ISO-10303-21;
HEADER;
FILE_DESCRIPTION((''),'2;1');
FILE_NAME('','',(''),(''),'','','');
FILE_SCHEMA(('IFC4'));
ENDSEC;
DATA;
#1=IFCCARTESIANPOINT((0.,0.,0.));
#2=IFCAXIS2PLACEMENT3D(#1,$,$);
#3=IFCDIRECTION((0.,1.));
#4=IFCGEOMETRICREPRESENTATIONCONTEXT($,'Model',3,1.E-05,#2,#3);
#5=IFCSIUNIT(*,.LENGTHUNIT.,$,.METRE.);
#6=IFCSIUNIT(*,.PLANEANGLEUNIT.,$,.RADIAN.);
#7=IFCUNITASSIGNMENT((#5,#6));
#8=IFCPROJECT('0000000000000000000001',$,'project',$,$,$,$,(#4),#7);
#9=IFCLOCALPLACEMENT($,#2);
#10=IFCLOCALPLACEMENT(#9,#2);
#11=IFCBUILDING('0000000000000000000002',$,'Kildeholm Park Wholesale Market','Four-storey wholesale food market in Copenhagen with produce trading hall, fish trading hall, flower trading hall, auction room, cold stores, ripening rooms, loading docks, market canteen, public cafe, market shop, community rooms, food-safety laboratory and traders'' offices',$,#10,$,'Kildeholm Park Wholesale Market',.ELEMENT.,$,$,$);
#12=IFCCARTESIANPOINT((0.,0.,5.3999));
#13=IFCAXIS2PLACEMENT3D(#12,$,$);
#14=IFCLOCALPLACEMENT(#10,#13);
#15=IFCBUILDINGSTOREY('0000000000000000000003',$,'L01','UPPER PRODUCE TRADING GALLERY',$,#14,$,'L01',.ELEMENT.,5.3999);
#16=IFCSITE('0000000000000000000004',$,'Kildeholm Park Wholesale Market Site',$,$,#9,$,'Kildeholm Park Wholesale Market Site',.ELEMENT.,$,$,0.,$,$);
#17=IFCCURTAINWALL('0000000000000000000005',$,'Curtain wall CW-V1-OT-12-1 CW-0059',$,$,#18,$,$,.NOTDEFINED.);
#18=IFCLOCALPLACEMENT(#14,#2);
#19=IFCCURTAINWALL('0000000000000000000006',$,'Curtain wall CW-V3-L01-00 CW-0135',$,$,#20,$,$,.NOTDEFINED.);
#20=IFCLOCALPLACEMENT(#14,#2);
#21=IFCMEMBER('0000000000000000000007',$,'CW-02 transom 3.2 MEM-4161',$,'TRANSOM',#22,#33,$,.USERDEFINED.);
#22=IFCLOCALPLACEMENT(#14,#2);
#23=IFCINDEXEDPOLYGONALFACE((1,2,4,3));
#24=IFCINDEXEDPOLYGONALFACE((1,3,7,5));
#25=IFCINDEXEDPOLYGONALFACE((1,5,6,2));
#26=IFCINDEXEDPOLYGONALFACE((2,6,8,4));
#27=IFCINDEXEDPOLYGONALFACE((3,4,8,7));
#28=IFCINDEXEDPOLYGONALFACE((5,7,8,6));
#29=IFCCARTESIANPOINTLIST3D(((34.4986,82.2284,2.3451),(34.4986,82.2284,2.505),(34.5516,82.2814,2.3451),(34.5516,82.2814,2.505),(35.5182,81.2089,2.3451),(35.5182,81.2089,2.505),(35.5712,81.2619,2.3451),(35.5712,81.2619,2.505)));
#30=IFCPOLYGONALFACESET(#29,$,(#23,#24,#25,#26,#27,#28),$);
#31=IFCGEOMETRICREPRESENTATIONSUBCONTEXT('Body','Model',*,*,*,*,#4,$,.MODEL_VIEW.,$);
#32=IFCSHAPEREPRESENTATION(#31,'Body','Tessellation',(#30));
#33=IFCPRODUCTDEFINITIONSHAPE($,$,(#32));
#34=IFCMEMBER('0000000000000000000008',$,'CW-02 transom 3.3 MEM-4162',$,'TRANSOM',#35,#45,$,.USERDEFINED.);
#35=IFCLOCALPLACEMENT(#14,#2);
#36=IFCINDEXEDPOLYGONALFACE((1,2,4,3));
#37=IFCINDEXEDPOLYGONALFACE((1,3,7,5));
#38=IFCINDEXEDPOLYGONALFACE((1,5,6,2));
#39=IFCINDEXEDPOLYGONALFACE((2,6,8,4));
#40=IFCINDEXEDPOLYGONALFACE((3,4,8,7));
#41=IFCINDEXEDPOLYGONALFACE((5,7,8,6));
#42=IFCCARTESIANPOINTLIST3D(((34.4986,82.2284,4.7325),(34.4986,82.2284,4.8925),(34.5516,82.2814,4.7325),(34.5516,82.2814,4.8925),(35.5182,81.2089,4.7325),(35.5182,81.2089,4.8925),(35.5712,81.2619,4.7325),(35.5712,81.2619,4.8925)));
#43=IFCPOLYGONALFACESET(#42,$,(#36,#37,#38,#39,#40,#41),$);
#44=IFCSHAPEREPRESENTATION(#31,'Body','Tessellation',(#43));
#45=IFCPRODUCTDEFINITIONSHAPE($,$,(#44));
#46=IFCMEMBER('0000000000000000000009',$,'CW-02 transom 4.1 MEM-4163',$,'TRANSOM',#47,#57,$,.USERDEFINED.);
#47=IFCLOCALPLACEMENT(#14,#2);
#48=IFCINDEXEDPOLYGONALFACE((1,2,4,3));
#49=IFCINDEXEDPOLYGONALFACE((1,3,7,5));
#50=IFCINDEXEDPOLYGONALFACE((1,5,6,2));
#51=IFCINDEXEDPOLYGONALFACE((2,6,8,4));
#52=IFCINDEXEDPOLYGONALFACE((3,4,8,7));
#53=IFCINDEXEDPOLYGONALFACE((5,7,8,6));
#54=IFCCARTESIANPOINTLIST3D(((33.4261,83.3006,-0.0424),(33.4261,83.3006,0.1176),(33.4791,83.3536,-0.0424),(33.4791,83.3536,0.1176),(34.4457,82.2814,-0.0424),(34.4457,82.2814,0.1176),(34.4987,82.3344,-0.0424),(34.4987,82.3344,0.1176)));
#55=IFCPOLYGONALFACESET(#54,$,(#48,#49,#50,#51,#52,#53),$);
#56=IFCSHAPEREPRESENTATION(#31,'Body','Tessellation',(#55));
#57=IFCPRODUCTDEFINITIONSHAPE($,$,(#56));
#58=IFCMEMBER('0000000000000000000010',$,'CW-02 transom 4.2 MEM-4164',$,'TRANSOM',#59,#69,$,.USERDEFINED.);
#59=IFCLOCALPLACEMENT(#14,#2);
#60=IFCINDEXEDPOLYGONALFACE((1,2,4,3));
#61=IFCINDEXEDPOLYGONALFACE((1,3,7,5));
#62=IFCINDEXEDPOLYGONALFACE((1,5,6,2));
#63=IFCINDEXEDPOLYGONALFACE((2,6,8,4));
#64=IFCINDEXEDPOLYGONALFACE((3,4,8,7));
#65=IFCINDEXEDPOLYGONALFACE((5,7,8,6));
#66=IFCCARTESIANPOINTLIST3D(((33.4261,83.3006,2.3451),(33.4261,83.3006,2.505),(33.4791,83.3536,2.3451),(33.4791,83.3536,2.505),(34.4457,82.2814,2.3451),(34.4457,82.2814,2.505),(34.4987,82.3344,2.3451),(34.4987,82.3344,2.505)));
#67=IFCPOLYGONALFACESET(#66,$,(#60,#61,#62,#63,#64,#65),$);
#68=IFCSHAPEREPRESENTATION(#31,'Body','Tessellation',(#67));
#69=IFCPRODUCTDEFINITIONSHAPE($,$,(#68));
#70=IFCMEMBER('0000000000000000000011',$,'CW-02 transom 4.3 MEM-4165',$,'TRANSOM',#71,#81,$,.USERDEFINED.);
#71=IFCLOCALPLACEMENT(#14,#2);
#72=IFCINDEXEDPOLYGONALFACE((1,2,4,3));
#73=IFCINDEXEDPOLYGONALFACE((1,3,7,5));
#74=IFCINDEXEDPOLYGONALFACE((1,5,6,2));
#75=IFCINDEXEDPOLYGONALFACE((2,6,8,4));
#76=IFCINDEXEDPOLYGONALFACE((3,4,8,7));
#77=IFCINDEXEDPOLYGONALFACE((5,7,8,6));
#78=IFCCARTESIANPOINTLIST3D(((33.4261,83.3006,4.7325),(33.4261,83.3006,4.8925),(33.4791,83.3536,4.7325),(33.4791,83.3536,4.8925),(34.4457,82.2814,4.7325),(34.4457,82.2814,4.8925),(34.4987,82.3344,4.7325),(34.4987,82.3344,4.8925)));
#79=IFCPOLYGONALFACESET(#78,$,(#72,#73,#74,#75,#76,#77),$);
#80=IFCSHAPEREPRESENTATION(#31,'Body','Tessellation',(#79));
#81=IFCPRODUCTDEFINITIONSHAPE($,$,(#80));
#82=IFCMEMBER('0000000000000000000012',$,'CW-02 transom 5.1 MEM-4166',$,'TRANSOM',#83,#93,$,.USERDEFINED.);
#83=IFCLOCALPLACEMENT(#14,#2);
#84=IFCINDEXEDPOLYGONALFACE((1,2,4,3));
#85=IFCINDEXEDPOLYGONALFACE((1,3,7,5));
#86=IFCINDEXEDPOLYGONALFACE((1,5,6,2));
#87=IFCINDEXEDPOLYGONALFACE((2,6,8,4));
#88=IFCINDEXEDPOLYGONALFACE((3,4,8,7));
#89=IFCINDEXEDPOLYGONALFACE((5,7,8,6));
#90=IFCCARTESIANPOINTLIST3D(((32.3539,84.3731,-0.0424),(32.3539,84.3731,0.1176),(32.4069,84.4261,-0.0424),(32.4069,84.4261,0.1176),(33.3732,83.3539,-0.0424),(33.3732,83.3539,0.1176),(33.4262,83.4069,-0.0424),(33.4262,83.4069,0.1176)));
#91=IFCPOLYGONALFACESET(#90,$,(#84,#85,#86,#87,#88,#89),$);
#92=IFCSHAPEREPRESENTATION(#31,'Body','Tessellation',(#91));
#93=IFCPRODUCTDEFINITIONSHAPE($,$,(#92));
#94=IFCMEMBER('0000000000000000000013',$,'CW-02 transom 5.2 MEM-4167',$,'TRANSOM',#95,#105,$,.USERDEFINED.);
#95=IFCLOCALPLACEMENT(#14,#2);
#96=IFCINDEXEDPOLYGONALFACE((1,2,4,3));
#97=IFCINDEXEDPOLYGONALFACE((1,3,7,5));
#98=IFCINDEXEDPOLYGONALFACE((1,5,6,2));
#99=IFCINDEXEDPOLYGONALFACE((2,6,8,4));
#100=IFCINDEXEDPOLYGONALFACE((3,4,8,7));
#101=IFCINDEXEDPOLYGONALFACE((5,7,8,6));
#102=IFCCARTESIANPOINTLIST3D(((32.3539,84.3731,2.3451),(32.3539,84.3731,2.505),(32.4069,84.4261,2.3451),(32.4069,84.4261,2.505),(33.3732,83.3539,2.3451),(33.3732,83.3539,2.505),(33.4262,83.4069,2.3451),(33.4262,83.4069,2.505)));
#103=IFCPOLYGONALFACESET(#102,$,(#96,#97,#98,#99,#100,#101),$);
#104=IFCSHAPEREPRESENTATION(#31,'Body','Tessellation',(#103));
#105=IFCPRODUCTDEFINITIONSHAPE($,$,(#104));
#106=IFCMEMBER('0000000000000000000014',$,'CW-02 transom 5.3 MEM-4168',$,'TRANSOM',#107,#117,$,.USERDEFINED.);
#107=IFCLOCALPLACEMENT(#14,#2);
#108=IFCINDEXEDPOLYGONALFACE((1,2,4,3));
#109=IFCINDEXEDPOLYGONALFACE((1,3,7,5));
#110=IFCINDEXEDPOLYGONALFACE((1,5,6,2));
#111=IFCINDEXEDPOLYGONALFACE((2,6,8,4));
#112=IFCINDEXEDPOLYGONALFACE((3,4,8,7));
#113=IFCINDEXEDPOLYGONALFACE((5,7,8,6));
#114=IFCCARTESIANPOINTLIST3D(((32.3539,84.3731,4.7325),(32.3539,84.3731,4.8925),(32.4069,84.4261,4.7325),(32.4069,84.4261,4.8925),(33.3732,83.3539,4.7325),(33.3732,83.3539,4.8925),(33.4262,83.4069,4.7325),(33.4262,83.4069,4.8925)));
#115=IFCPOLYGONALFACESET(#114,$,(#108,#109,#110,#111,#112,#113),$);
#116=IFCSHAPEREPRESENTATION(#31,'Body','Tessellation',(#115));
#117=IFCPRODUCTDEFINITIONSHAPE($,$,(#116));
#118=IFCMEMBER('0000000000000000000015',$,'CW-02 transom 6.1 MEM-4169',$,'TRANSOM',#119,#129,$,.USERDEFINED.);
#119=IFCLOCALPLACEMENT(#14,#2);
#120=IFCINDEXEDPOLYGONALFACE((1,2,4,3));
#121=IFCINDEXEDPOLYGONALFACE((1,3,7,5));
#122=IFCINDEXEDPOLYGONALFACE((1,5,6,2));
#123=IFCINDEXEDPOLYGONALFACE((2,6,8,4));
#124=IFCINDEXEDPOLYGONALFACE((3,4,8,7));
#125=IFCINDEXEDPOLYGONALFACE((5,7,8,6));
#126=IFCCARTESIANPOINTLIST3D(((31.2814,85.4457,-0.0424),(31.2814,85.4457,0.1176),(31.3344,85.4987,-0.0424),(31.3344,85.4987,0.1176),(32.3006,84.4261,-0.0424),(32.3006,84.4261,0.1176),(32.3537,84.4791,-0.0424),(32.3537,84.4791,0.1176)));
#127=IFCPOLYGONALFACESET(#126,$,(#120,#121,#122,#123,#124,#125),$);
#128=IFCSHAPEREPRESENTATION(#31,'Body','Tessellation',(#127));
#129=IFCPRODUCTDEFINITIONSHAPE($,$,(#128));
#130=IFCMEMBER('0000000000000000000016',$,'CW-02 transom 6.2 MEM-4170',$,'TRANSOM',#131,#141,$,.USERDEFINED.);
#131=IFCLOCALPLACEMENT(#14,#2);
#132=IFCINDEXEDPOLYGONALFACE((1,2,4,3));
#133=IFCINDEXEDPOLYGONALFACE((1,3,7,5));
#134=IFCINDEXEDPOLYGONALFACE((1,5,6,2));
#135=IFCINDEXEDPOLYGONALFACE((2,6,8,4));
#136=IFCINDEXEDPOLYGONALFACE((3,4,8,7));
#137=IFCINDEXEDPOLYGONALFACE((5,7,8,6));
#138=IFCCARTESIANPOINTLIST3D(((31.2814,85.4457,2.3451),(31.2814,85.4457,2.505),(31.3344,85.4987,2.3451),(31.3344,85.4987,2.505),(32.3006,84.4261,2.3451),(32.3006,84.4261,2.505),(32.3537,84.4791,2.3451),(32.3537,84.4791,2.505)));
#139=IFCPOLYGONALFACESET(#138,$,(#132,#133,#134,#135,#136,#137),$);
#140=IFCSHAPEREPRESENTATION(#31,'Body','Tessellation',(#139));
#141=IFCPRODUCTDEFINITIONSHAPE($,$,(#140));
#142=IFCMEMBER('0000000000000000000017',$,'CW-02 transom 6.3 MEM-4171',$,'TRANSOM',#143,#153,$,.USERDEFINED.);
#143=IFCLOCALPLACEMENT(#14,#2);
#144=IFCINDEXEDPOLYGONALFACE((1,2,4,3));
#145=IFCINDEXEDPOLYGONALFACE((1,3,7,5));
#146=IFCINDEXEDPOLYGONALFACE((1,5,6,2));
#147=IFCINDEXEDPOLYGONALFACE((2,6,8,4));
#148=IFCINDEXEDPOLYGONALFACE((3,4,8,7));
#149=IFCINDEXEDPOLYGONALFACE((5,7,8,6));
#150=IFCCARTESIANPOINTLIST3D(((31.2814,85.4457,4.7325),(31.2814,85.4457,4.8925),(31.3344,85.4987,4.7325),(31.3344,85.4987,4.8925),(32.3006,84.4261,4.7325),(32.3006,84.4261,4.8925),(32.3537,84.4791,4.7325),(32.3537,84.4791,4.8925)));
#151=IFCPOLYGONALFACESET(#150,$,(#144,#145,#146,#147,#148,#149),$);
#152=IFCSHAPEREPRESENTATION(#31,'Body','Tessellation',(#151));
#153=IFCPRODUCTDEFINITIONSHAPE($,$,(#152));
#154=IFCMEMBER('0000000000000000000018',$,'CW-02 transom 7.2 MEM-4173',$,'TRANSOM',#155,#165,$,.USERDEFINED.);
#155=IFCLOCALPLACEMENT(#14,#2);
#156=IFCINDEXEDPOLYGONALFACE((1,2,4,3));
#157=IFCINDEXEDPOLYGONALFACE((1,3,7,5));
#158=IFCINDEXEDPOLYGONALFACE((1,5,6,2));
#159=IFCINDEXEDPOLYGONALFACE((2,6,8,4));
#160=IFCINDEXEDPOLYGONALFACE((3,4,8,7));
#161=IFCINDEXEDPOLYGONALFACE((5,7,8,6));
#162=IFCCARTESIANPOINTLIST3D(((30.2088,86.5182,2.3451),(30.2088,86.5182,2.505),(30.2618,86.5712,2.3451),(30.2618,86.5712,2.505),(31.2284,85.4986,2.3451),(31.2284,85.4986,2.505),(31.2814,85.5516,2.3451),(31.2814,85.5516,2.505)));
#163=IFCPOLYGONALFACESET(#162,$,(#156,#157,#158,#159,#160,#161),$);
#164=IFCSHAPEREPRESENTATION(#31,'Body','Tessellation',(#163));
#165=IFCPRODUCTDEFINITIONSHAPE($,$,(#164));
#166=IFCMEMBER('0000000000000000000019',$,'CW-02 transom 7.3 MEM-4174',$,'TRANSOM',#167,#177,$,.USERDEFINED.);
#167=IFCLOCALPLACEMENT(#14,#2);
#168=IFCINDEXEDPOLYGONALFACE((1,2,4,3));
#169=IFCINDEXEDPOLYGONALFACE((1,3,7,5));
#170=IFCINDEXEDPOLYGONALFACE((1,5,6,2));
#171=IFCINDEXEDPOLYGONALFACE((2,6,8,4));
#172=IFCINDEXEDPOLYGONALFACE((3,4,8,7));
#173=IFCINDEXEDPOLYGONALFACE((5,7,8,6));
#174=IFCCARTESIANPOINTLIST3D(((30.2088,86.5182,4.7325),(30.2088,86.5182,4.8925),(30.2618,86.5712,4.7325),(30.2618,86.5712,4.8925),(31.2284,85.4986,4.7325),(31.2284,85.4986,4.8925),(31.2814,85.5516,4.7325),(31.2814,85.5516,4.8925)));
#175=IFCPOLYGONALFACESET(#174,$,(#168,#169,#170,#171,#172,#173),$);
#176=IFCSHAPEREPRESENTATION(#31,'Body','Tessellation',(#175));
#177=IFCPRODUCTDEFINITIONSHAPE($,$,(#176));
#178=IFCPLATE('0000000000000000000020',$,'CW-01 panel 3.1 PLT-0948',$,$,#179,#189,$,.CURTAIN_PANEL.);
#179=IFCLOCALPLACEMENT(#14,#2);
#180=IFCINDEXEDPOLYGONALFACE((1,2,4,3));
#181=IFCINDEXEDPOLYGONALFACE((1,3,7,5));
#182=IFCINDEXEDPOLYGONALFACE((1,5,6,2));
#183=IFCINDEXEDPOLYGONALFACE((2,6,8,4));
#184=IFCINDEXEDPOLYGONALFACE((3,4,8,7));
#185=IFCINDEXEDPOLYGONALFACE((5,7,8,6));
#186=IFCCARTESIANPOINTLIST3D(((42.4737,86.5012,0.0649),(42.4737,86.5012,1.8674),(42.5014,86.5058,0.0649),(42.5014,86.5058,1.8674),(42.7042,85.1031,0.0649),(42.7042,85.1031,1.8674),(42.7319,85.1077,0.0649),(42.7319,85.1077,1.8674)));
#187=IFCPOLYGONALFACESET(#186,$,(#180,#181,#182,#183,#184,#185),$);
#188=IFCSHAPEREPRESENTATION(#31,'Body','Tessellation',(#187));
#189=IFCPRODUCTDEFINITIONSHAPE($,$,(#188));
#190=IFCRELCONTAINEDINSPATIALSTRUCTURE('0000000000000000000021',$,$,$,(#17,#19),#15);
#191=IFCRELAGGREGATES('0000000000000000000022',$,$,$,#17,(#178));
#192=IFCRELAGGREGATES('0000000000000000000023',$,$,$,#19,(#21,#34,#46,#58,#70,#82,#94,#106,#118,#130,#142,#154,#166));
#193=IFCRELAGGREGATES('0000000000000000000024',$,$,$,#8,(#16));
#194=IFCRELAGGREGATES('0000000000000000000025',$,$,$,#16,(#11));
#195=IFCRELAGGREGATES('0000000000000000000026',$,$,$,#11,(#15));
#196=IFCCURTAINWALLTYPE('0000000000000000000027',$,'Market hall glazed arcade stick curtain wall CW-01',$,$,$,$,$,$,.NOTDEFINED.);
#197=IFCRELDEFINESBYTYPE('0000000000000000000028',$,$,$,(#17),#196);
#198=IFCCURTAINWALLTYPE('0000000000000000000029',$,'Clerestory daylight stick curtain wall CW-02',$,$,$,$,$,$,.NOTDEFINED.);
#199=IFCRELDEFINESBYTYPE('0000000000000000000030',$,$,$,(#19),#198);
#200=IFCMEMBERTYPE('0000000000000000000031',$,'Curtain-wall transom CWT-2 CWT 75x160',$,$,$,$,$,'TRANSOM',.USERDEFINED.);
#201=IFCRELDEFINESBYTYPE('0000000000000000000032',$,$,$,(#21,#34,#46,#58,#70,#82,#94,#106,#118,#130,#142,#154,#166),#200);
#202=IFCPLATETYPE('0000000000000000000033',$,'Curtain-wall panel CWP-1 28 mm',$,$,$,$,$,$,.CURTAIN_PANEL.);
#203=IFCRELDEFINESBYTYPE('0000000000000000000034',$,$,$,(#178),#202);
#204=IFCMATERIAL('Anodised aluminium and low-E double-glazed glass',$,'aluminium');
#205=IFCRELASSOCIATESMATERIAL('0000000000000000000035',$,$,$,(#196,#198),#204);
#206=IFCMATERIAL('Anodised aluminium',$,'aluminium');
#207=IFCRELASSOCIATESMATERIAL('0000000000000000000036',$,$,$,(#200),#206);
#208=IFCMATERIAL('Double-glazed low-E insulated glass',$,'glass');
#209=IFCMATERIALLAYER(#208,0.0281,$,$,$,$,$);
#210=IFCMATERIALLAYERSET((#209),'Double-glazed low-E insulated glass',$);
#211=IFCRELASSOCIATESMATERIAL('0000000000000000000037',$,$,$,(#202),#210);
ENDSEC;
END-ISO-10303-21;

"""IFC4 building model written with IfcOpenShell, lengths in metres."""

from ifc_helpers import new_model, si_unit, direction, frame, origin, origin_2d, place, context, subcontext, project, spatial, rectangle, extrude, material, layer, layer_set, material_profile, profile_set, type_object, element, aggregate, save


model = new_model("IFC4")

# Units and contexts
model_context = context("Model", 3, precision=1e-05, world=origin(), true_north=direction((0.0, 1.0)))
body_context = subcontext(model_context, "Body", "Model", "MODEL_VIEW")
ifc_project = project(units=[si_unit("LENGTHUNIT", "METRE"), si_unit("PLANEANGLEUNIT", "RADIAN")], contexts=[model_context])

# Site, building, storey
site_placement = place(None, origin())
site = spatial("IfcSite", under=ifc_project, at=site_placement, Name="Kildeholm Park Wholesale Market Site", LongName="Kildeholm Park Wholesale Market Site", CompositionType="ELEMENT", RefElevation=0.0)
building_placement = place(site_placement, origin())
building = spatial("IfcBuilding", under=site, at=building_placement, Name="Kildeholm Park Wholesale Market", Description="Four-storey wholesale food market in Copenhagen with produce trading hall, fish trading hall, flower trading hall, auction room, cold stores, ripening rooms, loading docks, market canteen, public cafe, market shop, community rooms, food-safety laboratory and traders' offices", LongName="Kildeholm Park Wholesale Market", CompositionType="ELEMENT")
storey_placement = place(building_placement, frame((0.0, 0.0, 5.3999)))
storey = spatial("IfcBuildingStorey", under=building, at=storey_placement, Name="L01", Description="UPPER PRODUCE TRADING GALLERY", LongName="L01", CompositionType="ELEMENT", Elevation=5.3999)

# Curtain wall
ifc_material_1 = material(Name="Anodised aluminium and low-E double-glazed glass", Category="aluminium")
curtain_wall_type_1 = type_object("IfcCurtainWallType", Name="Market hall glazed arcade stick curtain wall CW-01", PredefinedType="NOTDEFINED", material=ifc_material_1)
curtain_wall_1_placement = place(storey_placement, origin())
curtain_wall_1 = element("IfcCurtainWall", 1, at=curtain_wall_1_placement, inside=storey, type_object=curtain_wall_type_1, Name="Curtain wall CW-V1-OT-12-1 CW-0059", PredefinedType="NOTDEFINED")
ifc_material_2 = material(Name="Anodised aluminium", Category="aluminium")

# Curtain wall
curtain_wall_type_2 = type_object("IfcCurtainWallType", Name="Clerestory daylight stick curtain wall CW-02", PredefinedType="NOTDEFINED", material=ifc_material_1)
curtain_wall_2_placement = place(storey_placement, origin())
curtain_wall_2 = element("IfcCurtainWall", 2, at=curtain_wall_2_placement, inside=storey, type_object=curtain_wall_type_2, Name="Curtain wall CW-V3-L01-00 CW-0135", PredefinedType="NOTDEFINED")

# Members
ifc_material_profile_1 = material_profile(ifc_material_2, rectangle(XDim=0.075, YDim=0.1599, at=origin_2d()), Name="CWT 75x160")
ifc_profile_set_1 = profile_set([ifc_material_profile_1], Name="Anodised aluminium")
member_type_1 = type_object("IfcMemberType", Name="Curtain-wall transom CWT-2 CWT 75x160", ElementType="TRANSOM", PredefinedType="USERDEFINED", material=ifc_profile_set_1)
member_1_placement = place(storey_placement, frame((35.5447, 81.2354, 2.425), z_axis=(-0.707107, 0.707107, 0.0), x_axis=(-0.707107, -0.707107, 0.0)))
member_1 = element("IfcMember", 3, at=member_1_placement, type_object=member_type_1, Name="CW-02 transom 3.2 MEM-4161", ObjectType="TRANSOM", PredefinedType="USERDEFINED", context=body_context, shape_type="SweptSolid", body=[
    extrude(rectangle(XDim=0.075, YDim=0.1599, at=origin_2d()), origin(), (0.0, 0.0, 1.0), 1.4419),
])
member_2_placement = place(storey_placement, frame((35.5447, 81.2354, 4.8125), z_axis=(-0.707107, 0.707107, 0.0), x_axis=(-0.707107, -0.707107, 0.0)))
member_2 = element("IfcMember", 4, at=member_2_placement, type_object=member_type_1, Name="CW-02 transom 3.3 MEM-4162", ObjectType="TRANSOM", PredefinedType="USERDEFINED", context=body_context, shape_type="SweptSolid", body=[
    extrude(rectangle(XDim=0.075, YDim=0.1599, at=origin_2d()), origin(), (0.0, 0.0, 1.0), 1.4419),
])
member_3_placement = place(storey_placement, frame((34.4722, 82.3079, 0.0376), z_axis=(-0.707191, 0.707022, 0.0), x_axis=(-0.707022, -0.707191, 0.0)))
member_3 = element("IfcMember", 5, at=member_3_placement, type_object=member_type_1, Name="CW-02 transom 4.1 MEM-4163", ObjectType="TRANSOM", PredefinedType="USERDEFINED", context=body_context, shape_type="SweptSolid", body=[
    extrude(rectangle(XDim=0.075, YDim=0.1599, at=origin_2d()), origin(), (0.0, 0.0, 1.0), 1.4417),
])
member_4_placement = place(storey_placement, frame((34.4722, 82.3079, 2.425), z_axis=(-0.707191, 0.707022, 0.0), x_axis=(-0.707022, -0.707191, 0.0)))
member_4 = element("IfcMember", 6, at=member_4_placement, type_object=member_type_1, Name="CW-02 transom 4.2 MEM-4164", ObjectType="TRANSOM", PredefinedType="USERDEFINED", context=body_context, shape_type="SweptSolid", body=[
    extrude(rectangle(XDim=0.075, YDim=0.1599, at=origin_2d()), origin(), (0.0, 0.0, 1.0), 1.4417),
])
member_5_placement = place(storey_placement, frame((34.4722, 82.3079, 4.8125), z_axis=(-0.707191, 0.707022, 0.0), x_axis=(-0.707022, -0.707191, 0.0)))
member_5 = element("IfcMember", 7, at=member_5_placement, type_object=member_type_1, Name="CW-02 transom 4.3 MEM-4165", ObjectType="TRANSOM", PredefinedType="USERDEFINED", context=body_context, shape_type="SweptSolid", body=[
    extrude(rectangle(XDim=0.075, YDim=0.1599, at=origin_2d()), origin(), (0.0, 0.0, 1.0), 1.4417),
])
member_6_placement = place(storey_placement, frame((33.3997, 83.3804, 0.0376), z_axis=(-0.707107, 0.707107, 0.0), x_axis=(-0.707107, -0.707107, 0.0)))
member_6 = element("IfcMember", 8, at=member_6_placement, type_object=member_type_1, Name="CW-02 transom 5.1 MEM-4166", ObjectType="TRANSOM", PredefinedType="USERDEFINED", context=body_context, shape_type="SweptSolid", body=[
    extrude(rectangle(XDim=0.075, YDim=0.1599, at=origin_2d()), origin(), (0.0, 0.0, 1.0), 1.4414),
])
member_7_placement = place(storey_placement, frame((33.3997, 83.3804, 2.425), z_axis=(-0.707107, 0.707107, 0.0), x_axis=(-0.707107, -0.707107, 0.0)))
member_7 = element("IfcMember", 9, at=member_7_placement, type_object=member_type_1, Name="CW-02 transom 5.2 MEM-4167", ObjectType="TRANSOM", PredefinedType="USERDEFINED", context=body_context, shape_type="SweptSolid", body=[
    extrude(rectangle(XDim=0.075, YDim=0.1599, at=origin_2d()), origin(), (0.0, 0.0, 1.0), 1.4414),
])
member_8_placement = place(storey_placement, frame((33.3997, 83.3804, 4.8125), z_axis=(-0.707107, 0.707107, 0.0), x_axis=(-0.707107, -0.707107, 0.0)))
member_8 = element("IfcMember", 10, at=member_8_placement, type_object=member_type_1, Name="CW-02 transom 5.3 MEM-4168", ObjectType="TRANSOM", PredefinedType="USERDEFINED", context=body_context, shape_type="SweptSolid", body=[
    extrude(rectangle(XDim=0.075, YDim=0.1599, at=origin_2d()), origin(), (0.0, 0.0, 1.0), 1.4414),
])
member_9_placement = place(storey_placement, frame((32.3271, 84.4526, 0.0376), z_axis=(-0.707022, 0.707191, 0.0), x_axis=(-0.707191, -0.707022, 0.0)))
member_9 = element("IfcMember", 11, at=member_9_placement, type_object=member_type_1, Name="CW-02 transom 6.1 MEM-4169", ObjectType="TRANSOM", PredefinedType="USERDEFINED", context=body_context, shape_type="SweptSolid", body=[
    extrude(rectangle(XDim=0.075, YDim=0.1599, at=origin_2d()), origin(), (0.0, 0.0, 1.0), 1.4417),
])
member_10_placement = place(storey_placement, frame((32.3271, 84.4526, 2.425), z_axis=(-0.707022, 0.707191, 0.0), x_axis=(-0.707191, -0.707022, 0.0)))
member_10 = element("IfcMember", 12, at=member_10_placement, type_object=member_type_1, Name="CW-02 transom 6.2 MEM-4170", ObjectType="TRANSOM", PredefinedType="USERDEFINED", context=body_context, shape_type="SweptSolid", body=[
    extrude(rectangle(XDim=0.075, YDim=0.1599, at=origin_2d()), origin(), (0.0, 0.0, 1.0), 1.4417),
])
member_11_placement = place(storey_placement, frame((32.3271, 84.4526, 4.8125), z_axis=(-0.707022, 0.707191, 0.0), x_axis=(-0.707191, -0.707022, 0.0)))
member_11 = element("IfcMember", 13, at=member_11_placement, type_object=member_type_1, Name="CW-02 transom 6.3 MEM-4171", ObjectType="TRANSOM", PredefinedType="USERDEFINED", context=body_context, shape_type="SweptSolid", body=[
    extrude(rectangle(XDim=0.075, YDim=0.1599, at=origin_2d()), origin(), (0.0, 0.0, 1.0), 1.4417),
])
member_12_placement = place(storey_placement, frame((31.2549, 85.5251, 2.425), z_axis=(-0.707107, 0.707107, 0.0), x_axis=(-0.707107, -0.707107, 0.0)))
member_12 = element("IfcMember", 14, at=member_12_placement, type_object=member_type_1, Name="CW-02 transom 7.2 MEM-4173", ObjectType="TRANSOM", PredefinedType="USERDEFINED", context=body_context, shape_type="SweptSolid", body=[
    extrude(rectangle(XDim=0.075, YDim=0.1599, at=origin_2d()), origin(), (0.0, 0.0, 1.0), 1.4419),
])
member_13_placement = place(storey_placement, frame((31.2549, 85.5251, 4.8125), z_axis=(-0.707107, 0.707107, 0.0), x_axis=(-0.707107, -0.707107, 0.0)))
member_13 = element("IfcMember", 15, at=member_13_placement, type_object=member_type_1, Name="CW-02 transom 7.3 MEM-4174", ObjectType="TRANSOM", PredefinedType="USERDEFINED", context=body_context, shape_type="SweptSolid", body=[
    extrude(rectangle(XDim=0.075, YDim=0.1599, at=origin_2d()), origin(), (0.0, 0.0, 1.0), 1.4419),
])

# Plate
ifc_material_3 = material(Name="Double-glazed low-E insulated glass", Category="glass")
ifc_layer_1 = layer(ifc_material_3, 0.0281)
ifc_layer_set_1 = layer_set([ifc_layer_1], Name="Double-glazed low-E insulated glass")
plate_type_1 = type_object("IfcPlateType", Name="Curtain-wall panel CWP-1 28 mm", PredefinedType="CURTAIN_PANEL", material=ifc_layer_set_1)
plate_1_placement = place(storey_placement, frame((42.6028, 85.8044, 0.0649), z_axis=(0.0, 0.0, 1.0), x_axis=(0.162703, -0.986675, 0.0)))
plate_1 = element("IfcPlate", 16, at=plate_1_placement, type_object=plate_type_1, Name="CW-01 panel 3.1 PLT-0948", PredefinedType="CURTAIN_PANEL", context=body_context, shape_type="SweptSolid", body=[
    extrude(rectangle(XDim=1.417, YDim=0.0281, at=origin_2d()), origin(), (0.0, 0.0, 1.0), 1.8025),
])
aggregate(curtain_wall_1, [plate_1])
aggregate(curtain_wall_2, [member_1, member_2, member_3, member_4, member_5, member_6, member_7, member_8, member_9, member_10, member_11, member_12, member_13])

save(model, "model.ifc")
